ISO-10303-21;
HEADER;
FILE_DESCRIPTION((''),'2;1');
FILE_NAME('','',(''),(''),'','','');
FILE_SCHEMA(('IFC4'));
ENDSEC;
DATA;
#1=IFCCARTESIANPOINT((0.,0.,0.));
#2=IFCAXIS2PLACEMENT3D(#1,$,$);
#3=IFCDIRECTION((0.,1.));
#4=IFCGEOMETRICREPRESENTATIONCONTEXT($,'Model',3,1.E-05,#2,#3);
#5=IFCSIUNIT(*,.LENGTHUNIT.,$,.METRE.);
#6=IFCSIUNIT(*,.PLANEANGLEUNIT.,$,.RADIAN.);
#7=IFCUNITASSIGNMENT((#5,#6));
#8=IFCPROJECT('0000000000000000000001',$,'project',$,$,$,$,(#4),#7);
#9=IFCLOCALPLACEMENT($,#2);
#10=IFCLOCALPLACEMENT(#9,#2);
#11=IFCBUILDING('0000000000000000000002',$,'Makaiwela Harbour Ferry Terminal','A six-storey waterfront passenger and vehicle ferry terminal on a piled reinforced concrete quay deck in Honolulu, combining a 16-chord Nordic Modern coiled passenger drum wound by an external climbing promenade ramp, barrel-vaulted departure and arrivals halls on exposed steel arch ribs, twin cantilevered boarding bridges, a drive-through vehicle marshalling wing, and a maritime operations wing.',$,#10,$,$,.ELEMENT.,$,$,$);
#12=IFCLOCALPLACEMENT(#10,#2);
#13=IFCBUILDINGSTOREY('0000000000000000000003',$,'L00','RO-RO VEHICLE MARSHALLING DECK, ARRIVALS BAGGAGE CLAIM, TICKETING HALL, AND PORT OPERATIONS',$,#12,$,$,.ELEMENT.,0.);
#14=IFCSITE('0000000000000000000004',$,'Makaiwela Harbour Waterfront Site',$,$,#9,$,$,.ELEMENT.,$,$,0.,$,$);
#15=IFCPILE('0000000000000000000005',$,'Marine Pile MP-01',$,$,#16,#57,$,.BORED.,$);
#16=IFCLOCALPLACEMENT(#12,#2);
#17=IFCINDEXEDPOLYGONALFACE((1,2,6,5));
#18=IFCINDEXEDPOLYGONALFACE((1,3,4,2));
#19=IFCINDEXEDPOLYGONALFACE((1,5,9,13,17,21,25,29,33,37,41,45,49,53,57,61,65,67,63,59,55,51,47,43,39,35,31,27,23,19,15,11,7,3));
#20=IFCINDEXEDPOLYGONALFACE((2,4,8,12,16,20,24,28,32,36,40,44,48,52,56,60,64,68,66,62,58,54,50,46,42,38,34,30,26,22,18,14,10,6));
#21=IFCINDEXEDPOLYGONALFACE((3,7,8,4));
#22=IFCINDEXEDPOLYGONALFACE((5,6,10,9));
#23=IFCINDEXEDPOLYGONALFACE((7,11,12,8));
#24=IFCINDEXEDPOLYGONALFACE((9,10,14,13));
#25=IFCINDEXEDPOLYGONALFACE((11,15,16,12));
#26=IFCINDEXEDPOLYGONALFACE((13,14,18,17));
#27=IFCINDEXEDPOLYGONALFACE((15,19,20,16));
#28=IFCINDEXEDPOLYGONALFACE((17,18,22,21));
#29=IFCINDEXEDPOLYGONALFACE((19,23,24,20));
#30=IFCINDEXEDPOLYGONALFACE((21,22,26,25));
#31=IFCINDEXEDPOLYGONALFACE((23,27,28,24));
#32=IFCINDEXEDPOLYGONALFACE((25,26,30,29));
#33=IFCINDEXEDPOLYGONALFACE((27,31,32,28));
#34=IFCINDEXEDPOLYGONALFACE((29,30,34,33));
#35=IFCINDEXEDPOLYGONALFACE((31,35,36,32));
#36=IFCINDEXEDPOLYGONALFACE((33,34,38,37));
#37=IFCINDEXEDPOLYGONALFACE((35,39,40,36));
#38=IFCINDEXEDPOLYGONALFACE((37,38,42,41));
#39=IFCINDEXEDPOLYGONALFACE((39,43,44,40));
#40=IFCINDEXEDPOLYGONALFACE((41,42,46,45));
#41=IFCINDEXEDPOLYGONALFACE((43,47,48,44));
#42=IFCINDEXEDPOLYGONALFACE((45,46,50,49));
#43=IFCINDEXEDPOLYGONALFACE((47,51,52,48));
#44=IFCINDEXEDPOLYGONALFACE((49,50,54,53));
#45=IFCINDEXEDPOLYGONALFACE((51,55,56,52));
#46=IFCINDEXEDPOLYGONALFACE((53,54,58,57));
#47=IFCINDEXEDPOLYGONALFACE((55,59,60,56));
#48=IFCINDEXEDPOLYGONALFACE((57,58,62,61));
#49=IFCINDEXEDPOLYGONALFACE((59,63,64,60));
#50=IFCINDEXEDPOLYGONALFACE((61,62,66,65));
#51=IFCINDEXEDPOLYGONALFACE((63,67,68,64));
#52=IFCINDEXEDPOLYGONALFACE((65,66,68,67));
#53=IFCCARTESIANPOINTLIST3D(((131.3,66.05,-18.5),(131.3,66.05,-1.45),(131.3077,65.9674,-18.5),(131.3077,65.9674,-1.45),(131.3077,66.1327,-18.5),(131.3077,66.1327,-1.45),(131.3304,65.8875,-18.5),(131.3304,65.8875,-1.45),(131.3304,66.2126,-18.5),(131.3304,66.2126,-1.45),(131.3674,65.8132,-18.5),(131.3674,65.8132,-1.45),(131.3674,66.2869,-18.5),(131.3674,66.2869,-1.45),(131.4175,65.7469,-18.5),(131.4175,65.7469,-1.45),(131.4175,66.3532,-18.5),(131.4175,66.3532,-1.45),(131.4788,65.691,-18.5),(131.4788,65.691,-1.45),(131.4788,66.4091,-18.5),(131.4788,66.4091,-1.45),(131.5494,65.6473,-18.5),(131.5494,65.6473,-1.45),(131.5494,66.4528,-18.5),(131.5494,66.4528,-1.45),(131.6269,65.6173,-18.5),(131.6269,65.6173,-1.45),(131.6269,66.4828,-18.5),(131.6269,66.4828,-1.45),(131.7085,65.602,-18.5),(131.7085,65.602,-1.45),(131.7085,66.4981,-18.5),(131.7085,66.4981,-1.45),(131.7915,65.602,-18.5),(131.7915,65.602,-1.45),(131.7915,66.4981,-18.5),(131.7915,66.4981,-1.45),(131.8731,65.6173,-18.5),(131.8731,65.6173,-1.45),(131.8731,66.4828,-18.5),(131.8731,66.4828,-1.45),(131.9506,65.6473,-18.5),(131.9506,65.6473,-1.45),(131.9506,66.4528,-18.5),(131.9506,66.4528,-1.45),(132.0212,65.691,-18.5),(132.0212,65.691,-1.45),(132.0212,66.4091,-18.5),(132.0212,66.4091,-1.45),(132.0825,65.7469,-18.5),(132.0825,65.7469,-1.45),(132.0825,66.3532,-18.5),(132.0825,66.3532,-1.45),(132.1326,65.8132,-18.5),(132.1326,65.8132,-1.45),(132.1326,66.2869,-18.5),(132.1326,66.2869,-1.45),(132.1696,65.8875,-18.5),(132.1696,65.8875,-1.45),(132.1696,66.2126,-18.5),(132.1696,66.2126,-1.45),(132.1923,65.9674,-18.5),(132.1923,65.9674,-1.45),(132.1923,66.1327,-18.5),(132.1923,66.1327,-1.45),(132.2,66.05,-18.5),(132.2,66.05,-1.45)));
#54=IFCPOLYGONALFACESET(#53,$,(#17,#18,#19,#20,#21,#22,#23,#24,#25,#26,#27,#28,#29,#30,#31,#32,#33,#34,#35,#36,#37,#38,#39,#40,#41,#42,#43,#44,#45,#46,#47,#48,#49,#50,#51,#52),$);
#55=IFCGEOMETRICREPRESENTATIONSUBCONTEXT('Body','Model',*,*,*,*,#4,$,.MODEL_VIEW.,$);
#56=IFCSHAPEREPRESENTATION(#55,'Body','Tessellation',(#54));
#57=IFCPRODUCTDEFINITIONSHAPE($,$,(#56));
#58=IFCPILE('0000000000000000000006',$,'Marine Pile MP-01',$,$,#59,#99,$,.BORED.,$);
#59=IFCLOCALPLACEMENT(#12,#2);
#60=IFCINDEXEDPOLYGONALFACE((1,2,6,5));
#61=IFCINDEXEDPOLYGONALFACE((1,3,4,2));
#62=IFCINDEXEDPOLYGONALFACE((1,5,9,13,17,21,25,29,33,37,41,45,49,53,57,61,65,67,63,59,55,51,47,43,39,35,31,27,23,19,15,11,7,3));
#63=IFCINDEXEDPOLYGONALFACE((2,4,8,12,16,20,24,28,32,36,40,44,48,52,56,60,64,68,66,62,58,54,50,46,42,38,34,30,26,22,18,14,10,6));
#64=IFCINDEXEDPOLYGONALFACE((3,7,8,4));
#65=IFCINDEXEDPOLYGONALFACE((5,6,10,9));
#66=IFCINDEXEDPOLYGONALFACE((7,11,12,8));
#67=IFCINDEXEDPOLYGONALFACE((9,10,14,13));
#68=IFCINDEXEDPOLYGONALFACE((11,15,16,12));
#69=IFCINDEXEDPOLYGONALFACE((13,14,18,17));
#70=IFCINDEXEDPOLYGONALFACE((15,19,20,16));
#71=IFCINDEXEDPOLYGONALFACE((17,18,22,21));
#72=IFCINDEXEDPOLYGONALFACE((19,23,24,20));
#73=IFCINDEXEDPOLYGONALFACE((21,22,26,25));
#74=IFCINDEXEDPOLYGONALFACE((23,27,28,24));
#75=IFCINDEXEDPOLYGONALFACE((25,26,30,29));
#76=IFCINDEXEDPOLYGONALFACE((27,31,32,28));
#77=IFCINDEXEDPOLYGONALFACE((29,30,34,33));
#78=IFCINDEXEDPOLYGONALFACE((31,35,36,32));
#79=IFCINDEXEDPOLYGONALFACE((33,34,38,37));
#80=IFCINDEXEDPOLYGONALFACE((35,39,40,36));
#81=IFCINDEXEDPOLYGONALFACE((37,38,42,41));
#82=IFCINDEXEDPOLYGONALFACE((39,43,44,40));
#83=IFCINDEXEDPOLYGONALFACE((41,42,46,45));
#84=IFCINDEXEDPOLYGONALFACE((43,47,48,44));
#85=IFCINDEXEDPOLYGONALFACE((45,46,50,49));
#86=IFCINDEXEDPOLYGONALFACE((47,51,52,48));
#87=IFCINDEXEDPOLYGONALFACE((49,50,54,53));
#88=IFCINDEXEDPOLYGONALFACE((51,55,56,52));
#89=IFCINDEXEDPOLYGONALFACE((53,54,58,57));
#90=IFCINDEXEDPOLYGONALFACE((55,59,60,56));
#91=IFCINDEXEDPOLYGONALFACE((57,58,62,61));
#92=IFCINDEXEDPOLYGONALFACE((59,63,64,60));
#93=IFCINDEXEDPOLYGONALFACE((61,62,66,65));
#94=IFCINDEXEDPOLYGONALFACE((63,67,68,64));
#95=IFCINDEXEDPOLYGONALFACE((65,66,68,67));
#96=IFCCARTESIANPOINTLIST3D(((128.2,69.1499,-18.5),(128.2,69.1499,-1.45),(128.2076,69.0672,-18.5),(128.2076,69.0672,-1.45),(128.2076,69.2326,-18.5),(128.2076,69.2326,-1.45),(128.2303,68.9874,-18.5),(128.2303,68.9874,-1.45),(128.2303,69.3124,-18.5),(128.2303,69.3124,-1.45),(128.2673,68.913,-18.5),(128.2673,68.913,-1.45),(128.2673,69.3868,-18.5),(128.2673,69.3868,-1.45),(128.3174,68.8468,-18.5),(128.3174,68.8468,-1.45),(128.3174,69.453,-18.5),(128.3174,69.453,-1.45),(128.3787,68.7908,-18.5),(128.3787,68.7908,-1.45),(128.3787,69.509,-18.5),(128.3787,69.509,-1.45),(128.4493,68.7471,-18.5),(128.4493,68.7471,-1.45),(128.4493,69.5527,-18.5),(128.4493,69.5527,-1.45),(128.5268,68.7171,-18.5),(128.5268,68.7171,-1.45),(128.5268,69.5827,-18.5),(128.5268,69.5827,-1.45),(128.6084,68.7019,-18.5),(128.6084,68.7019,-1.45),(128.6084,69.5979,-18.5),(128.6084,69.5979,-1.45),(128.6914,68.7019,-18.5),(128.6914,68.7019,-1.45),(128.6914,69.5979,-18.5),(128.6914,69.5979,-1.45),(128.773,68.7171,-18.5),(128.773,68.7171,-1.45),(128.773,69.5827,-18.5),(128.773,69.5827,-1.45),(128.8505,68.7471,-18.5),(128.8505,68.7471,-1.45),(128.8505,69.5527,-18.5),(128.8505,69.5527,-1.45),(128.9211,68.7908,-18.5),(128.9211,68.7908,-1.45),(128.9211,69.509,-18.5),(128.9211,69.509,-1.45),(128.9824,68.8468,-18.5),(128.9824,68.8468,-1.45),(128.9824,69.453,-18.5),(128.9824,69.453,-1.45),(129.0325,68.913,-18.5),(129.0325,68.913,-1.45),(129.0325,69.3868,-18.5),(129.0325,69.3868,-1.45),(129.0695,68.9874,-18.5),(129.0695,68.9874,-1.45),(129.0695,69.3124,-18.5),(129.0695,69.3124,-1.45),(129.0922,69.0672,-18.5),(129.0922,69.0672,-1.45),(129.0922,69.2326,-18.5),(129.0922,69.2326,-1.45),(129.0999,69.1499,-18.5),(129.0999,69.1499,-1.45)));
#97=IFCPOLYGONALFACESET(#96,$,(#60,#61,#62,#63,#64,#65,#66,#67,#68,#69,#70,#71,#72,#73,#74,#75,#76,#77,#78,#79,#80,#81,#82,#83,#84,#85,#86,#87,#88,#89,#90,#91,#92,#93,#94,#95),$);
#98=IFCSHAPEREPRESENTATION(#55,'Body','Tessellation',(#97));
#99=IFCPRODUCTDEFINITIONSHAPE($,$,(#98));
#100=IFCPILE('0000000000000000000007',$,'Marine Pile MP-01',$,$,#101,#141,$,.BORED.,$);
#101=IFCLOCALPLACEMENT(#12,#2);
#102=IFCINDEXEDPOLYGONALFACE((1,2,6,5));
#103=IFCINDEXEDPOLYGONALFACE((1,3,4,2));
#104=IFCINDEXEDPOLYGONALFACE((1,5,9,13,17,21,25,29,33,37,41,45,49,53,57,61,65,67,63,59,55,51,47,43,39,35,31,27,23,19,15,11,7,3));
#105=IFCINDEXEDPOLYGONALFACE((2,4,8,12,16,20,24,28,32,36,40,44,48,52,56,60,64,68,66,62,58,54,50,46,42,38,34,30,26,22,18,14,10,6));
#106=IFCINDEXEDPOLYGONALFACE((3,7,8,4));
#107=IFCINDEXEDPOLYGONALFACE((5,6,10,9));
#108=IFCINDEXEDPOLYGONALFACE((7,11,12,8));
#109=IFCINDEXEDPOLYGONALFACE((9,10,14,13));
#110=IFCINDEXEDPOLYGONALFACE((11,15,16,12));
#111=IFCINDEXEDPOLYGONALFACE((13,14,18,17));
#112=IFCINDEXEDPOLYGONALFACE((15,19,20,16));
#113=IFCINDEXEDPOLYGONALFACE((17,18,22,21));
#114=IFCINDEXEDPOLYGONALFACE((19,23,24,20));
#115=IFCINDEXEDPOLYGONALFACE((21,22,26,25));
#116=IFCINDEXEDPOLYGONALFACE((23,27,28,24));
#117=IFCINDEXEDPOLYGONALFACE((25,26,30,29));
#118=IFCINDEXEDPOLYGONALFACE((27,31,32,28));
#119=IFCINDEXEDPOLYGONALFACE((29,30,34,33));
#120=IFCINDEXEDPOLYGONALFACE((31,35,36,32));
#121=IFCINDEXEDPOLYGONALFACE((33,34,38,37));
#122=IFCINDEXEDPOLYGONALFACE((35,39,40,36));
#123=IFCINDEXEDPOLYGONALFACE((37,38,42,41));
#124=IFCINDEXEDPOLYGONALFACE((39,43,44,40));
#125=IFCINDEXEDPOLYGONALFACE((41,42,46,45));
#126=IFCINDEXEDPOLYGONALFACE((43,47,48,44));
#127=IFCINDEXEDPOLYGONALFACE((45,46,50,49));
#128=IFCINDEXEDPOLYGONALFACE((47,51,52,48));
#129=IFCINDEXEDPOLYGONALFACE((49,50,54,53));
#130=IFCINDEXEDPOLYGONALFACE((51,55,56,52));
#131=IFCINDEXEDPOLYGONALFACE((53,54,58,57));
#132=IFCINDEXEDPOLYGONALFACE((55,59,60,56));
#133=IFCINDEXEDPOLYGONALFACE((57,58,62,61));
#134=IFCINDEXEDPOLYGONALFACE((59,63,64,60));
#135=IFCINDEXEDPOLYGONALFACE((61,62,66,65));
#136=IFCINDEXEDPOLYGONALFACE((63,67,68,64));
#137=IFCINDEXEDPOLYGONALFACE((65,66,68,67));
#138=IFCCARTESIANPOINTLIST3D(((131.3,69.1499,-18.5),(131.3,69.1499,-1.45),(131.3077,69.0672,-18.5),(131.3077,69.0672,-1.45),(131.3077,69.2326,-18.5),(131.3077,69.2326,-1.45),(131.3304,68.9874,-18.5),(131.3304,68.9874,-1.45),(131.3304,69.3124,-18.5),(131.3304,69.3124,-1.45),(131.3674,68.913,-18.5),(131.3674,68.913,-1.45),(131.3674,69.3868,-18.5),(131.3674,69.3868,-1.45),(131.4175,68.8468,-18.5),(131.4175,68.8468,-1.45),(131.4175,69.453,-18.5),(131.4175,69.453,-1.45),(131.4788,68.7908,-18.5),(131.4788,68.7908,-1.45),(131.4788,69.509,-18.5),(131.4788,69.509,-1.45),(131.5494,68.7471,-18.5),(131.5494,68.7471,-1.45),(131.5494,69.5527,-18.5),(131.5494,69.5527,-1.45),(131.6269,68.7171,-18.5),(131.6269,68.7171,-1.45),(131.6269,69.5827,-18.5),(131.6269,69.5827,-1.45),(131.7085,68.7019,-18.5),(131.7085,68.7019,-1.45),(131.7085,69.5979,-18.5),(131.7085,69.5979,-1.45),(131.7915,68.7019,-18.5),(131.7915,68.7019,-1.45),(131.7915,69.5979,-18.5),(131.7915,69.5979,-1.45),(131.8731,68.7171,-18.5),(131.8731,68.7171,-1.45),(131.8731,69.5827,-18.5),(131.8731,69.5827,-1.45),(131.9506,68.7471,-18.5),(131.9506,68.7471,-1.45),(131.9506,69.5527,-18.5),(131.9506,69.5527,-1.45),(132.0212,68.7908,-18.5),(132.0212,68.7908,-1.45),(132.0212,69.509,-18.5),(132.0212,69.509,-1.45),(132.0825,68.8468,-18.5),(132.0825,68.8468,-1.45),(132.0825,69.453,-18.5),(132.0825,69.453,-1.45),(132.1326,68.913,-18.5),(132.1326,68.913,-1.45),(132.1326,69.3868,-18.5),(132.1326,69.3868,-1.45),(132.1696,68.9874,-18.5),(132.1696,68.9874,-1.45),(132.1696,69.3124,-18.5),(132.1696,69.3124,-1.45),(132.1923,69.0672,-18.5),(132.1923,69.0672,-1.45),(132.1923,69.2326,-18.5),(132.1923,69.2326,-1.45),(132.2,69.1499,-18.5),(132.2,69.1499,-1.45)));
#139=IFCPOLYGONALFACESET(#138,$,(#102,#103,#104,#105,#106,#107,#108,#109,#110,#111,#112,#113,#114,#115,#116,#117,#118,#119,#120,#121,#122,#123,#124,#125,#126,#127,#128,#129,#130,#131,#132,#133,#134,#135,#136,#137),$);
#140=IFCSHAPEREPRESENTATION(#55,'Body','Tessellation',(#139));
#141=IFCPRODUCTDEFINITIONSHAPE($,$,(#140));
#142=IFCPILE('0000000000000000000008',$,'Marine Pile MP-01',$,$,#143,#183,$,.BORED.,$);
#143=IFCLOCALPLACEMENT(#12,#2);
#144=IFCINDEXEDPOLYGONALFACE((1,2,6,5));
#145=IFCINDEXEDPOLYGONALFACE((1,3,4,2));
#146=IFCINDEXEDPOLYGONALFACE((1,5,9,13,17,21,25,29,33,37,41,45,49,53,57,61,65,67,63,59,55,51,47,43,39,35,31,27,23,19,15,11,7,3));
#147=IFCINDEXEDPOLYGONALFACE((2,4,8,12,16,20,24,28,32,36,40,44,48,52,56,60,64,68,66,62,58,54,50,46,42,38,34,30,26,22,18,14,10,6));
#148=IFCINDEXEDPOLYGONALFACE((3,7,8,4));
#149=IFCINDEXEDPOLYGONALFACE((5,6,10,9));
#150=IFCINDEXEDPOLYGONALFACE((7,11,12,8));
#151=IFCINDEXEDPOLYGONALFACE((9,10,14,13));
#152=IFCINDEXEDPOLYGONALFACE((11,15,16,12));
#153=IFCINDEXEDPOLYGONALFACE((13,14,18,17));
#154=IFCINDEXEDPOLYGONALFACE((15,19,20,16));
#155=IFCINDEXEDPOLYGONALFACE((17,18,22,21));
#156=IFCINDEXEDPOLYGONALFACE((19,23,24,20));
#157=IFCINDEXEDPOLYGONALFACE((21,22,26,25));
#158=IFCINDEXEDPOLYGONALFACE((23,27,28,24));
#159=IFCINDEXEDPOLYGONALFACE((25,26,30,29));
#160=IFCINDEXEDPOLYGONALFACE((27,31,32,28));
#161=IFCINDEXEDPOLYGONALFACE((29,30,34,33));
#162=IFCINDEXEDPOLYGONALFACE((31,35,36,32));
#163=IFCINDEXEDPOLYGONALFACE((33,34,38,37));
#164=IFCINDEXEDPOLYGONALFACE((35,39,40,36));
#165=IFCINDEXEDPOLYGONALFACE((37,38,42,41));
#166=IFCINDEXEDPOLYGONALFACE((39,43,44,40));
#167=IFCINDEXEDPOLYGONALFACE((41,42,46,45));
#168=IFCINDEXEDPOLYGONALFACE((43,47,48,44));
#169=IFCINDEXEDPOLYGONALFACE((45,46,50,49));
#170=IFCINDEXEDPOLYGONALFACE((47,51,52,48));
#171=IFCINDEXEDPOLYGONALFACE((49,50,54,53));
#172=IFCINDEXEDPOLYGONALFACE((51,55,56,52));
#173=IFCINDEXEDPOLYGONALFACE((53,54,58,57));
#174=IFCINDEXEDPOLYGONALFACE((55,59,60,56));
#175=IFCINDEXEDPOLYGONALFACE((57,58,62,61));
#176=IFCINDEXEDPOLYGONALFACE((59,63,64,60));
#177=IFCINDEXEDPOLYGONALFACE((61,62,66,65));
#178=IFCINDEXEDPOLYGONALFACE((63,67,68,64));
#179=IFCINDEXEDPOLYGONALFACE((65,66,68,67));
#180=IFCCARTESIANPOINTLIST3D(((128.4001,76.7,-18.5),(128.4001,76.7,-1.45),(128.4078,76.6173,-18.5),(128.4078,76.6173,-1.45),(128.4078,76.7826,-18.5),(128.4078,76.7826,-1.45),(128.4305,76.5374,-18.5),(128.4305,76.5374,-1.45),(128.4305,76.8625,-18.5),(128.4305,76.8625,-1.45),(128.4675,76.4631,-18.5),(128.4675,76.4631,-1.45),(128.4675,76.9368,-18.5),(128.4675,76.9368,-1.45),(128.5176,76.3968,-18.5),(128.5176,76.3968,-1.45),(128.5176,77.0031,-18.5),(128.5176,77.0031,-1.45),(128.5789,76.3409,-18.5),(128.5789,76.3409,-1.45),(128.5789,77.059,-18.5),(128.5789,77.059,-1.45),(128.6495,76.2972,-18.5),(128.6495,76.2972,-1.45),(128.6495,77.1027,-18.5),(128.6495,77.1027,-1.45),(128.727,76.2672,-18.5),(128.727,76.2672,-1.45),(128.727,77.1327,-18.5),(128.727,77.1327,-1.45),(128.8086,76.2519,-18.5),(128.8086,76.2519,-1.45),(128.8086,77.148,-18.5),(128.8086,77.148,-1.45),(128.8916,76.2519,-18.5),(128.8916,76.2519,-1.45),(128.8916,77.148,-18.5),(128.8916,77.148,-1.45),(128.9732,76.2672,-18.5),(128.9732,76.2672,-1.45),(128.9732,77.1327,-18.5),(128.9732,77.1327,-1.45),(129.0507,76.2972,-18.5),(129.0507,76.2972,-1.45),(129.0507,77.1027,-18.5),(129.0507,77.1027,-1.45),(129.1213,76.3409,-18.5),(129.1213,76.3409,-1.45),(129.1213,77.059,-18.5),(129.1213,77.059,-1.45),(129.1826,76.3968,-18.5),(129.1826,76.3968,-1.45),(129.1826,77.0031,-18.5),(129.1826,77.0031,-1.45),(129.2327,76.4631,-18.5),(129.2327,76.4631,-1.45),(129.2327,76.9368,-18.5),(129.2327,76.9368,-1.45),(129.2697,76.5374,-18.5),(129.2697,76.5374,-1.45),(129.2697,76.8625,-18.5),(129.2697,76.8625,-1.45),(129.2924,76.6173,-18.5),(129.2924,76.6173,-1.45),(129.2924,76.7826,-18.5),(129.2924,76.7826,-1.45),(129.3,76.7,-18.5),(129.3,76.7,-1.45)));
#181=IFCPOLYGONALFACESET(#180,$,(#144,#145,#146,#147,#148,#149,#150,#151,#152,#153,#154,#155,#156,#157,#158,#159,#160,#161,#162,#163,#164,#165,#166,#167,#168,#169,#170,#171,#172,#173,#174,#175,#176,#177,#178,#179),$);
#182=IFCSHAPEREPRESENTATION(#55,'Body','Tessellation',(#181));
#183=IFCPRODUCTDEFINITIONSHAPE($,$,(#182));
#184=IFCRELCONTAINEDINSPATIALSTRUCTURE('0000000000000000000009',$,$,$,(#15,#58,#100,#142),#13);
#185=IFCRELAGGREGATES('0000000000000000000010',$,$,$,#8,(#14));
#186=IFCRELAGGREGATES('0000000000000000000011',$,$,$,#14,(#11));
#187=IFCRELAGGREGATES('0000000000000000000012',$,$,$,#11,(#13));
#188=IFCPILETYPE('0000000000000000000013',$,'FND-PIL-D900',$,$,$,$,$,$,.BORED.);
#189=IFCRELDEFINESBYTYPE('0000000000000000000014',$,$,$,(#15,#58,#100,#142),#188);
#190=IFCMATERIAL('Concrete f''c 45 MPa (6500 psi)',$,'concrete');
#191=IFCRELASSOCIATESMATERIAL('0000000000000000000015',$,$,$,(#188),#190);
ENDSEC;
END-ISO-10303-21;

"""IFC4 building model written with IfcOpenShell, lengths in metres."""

from ifc_helpers import new_model, si_unit, direction, frame, origin, origin_2d, place, context, subcontext, project, spatial, circle, extrude, material, material_profile, profile_set, type_object, element, save


model = new_model("IFC4")

# Units and contexts
model_context = context("Model", 3, precision=1e-05, world=origin(), true_north=direction((0.0, 1.0)))
body_context = subcontext(model_context, "Body", "Model", "MODEL_VIEW")
ifc_project = project(units=[si_unit("LENGTHUNIT", "METRE"), si_unit("PLANEANGLEUNIT", "RADIAN")], contexts=[model_context])

# Site, building, storey
site_placement = place(None, origin())
site = spatial("IfcSite", under=ifc_project, at=site_placement, Name="Makaiwela Harbour Waterfront Site", CompositionType="ELEMENT", RefElevation=0.0)
building_placement = place(site_placement, origin())
building = spatial("IfcBuilding", under=site, at=building_placement, Name="Makaiwela Harbour Ferry Terminal", Description="A six-storey waterfront passenger and vehicle ferry terminal on a piled reinforced concrete quay deck in Honolulu, combining a 16-chord Nordic Modern coiled passenger drum wound by an external climbing promenade ramp, barrel-vaulted departure and arrivals halls on exposed steel arch ribs, twin cantilevered boarding bridges, a drive-through vehicle marshalling wing, and a maritime operations wing.", CompositionType="ELEMENT")
storey_placement = place(building_placement, origin())
storey = spatial("IfcBuildingStorey", under=building, at=storey_placement, Name="L00", Description="RO-RO VEHICLE MARSHALLING DECK, ARRIVALS BAGGAGE CLAIM, TICKETING HALL, AND PORT OPERATIONS", CompositionType="ELEMENT", Elevation=0.0)

# Shared definitions
ifc_material_1 = material(Name="Concrete f'c 45 MPa (6500 psi)", Category="concrete")

# Piles
ifc_material_profile_1 = material_profile(ifc_material_1, circle(Radius=0.45, at=origin_2d()), Name="PILE-D900")
ifc_profile_set_1 = profile_set([ifc_material_profile_1], Name="Concrete f'c 45 MPa (6500 psi)")
pile_type = type_object("IfcPileType", Name="FND-PIL-D900", PredefinedType="BORED", material=ifc_profile_set_1)
for number, where, z_axis, x_axis, name in (
    (1, (131.75, 66.05, -1.45), (0.0, 0.0, -1.0), (1.0, 0.0, 0.0), "Marine Pile MP-01"),
    (2, (128.6499, 69.1499, -1.45), (0.0, 0.0, -1.0), (1.0, 0.0, 0.0), "Marine Pile MP-01"),
    (3, (131.75, 69.1499, -1.45), (0.0, 0.0, -1.0), (1.0, 0.0, 0.0), "Marine Pile MP-01"),
    (4, (128.8501, 76.7, -1.45), (0.0, 0.0, -1.0), (1.0, 0.0, 0.0), "Marine Pile MP-01"),
):
    element("IfcPile", number, at=place(storey_placement, frame(where, z_axis=z_axis, x_axis=x_axis)), inside=storey, type_object=pile_type, Name=name, PredefinedType="BORED", context=body_context, shape_type="SweptSolid", body=[
        extrude(circle(Radius=0.45, at=origin_2d()), origin(), (0.0, 0.0, 1.0), 17.05),
    ])

save(model, "model.ifc")
